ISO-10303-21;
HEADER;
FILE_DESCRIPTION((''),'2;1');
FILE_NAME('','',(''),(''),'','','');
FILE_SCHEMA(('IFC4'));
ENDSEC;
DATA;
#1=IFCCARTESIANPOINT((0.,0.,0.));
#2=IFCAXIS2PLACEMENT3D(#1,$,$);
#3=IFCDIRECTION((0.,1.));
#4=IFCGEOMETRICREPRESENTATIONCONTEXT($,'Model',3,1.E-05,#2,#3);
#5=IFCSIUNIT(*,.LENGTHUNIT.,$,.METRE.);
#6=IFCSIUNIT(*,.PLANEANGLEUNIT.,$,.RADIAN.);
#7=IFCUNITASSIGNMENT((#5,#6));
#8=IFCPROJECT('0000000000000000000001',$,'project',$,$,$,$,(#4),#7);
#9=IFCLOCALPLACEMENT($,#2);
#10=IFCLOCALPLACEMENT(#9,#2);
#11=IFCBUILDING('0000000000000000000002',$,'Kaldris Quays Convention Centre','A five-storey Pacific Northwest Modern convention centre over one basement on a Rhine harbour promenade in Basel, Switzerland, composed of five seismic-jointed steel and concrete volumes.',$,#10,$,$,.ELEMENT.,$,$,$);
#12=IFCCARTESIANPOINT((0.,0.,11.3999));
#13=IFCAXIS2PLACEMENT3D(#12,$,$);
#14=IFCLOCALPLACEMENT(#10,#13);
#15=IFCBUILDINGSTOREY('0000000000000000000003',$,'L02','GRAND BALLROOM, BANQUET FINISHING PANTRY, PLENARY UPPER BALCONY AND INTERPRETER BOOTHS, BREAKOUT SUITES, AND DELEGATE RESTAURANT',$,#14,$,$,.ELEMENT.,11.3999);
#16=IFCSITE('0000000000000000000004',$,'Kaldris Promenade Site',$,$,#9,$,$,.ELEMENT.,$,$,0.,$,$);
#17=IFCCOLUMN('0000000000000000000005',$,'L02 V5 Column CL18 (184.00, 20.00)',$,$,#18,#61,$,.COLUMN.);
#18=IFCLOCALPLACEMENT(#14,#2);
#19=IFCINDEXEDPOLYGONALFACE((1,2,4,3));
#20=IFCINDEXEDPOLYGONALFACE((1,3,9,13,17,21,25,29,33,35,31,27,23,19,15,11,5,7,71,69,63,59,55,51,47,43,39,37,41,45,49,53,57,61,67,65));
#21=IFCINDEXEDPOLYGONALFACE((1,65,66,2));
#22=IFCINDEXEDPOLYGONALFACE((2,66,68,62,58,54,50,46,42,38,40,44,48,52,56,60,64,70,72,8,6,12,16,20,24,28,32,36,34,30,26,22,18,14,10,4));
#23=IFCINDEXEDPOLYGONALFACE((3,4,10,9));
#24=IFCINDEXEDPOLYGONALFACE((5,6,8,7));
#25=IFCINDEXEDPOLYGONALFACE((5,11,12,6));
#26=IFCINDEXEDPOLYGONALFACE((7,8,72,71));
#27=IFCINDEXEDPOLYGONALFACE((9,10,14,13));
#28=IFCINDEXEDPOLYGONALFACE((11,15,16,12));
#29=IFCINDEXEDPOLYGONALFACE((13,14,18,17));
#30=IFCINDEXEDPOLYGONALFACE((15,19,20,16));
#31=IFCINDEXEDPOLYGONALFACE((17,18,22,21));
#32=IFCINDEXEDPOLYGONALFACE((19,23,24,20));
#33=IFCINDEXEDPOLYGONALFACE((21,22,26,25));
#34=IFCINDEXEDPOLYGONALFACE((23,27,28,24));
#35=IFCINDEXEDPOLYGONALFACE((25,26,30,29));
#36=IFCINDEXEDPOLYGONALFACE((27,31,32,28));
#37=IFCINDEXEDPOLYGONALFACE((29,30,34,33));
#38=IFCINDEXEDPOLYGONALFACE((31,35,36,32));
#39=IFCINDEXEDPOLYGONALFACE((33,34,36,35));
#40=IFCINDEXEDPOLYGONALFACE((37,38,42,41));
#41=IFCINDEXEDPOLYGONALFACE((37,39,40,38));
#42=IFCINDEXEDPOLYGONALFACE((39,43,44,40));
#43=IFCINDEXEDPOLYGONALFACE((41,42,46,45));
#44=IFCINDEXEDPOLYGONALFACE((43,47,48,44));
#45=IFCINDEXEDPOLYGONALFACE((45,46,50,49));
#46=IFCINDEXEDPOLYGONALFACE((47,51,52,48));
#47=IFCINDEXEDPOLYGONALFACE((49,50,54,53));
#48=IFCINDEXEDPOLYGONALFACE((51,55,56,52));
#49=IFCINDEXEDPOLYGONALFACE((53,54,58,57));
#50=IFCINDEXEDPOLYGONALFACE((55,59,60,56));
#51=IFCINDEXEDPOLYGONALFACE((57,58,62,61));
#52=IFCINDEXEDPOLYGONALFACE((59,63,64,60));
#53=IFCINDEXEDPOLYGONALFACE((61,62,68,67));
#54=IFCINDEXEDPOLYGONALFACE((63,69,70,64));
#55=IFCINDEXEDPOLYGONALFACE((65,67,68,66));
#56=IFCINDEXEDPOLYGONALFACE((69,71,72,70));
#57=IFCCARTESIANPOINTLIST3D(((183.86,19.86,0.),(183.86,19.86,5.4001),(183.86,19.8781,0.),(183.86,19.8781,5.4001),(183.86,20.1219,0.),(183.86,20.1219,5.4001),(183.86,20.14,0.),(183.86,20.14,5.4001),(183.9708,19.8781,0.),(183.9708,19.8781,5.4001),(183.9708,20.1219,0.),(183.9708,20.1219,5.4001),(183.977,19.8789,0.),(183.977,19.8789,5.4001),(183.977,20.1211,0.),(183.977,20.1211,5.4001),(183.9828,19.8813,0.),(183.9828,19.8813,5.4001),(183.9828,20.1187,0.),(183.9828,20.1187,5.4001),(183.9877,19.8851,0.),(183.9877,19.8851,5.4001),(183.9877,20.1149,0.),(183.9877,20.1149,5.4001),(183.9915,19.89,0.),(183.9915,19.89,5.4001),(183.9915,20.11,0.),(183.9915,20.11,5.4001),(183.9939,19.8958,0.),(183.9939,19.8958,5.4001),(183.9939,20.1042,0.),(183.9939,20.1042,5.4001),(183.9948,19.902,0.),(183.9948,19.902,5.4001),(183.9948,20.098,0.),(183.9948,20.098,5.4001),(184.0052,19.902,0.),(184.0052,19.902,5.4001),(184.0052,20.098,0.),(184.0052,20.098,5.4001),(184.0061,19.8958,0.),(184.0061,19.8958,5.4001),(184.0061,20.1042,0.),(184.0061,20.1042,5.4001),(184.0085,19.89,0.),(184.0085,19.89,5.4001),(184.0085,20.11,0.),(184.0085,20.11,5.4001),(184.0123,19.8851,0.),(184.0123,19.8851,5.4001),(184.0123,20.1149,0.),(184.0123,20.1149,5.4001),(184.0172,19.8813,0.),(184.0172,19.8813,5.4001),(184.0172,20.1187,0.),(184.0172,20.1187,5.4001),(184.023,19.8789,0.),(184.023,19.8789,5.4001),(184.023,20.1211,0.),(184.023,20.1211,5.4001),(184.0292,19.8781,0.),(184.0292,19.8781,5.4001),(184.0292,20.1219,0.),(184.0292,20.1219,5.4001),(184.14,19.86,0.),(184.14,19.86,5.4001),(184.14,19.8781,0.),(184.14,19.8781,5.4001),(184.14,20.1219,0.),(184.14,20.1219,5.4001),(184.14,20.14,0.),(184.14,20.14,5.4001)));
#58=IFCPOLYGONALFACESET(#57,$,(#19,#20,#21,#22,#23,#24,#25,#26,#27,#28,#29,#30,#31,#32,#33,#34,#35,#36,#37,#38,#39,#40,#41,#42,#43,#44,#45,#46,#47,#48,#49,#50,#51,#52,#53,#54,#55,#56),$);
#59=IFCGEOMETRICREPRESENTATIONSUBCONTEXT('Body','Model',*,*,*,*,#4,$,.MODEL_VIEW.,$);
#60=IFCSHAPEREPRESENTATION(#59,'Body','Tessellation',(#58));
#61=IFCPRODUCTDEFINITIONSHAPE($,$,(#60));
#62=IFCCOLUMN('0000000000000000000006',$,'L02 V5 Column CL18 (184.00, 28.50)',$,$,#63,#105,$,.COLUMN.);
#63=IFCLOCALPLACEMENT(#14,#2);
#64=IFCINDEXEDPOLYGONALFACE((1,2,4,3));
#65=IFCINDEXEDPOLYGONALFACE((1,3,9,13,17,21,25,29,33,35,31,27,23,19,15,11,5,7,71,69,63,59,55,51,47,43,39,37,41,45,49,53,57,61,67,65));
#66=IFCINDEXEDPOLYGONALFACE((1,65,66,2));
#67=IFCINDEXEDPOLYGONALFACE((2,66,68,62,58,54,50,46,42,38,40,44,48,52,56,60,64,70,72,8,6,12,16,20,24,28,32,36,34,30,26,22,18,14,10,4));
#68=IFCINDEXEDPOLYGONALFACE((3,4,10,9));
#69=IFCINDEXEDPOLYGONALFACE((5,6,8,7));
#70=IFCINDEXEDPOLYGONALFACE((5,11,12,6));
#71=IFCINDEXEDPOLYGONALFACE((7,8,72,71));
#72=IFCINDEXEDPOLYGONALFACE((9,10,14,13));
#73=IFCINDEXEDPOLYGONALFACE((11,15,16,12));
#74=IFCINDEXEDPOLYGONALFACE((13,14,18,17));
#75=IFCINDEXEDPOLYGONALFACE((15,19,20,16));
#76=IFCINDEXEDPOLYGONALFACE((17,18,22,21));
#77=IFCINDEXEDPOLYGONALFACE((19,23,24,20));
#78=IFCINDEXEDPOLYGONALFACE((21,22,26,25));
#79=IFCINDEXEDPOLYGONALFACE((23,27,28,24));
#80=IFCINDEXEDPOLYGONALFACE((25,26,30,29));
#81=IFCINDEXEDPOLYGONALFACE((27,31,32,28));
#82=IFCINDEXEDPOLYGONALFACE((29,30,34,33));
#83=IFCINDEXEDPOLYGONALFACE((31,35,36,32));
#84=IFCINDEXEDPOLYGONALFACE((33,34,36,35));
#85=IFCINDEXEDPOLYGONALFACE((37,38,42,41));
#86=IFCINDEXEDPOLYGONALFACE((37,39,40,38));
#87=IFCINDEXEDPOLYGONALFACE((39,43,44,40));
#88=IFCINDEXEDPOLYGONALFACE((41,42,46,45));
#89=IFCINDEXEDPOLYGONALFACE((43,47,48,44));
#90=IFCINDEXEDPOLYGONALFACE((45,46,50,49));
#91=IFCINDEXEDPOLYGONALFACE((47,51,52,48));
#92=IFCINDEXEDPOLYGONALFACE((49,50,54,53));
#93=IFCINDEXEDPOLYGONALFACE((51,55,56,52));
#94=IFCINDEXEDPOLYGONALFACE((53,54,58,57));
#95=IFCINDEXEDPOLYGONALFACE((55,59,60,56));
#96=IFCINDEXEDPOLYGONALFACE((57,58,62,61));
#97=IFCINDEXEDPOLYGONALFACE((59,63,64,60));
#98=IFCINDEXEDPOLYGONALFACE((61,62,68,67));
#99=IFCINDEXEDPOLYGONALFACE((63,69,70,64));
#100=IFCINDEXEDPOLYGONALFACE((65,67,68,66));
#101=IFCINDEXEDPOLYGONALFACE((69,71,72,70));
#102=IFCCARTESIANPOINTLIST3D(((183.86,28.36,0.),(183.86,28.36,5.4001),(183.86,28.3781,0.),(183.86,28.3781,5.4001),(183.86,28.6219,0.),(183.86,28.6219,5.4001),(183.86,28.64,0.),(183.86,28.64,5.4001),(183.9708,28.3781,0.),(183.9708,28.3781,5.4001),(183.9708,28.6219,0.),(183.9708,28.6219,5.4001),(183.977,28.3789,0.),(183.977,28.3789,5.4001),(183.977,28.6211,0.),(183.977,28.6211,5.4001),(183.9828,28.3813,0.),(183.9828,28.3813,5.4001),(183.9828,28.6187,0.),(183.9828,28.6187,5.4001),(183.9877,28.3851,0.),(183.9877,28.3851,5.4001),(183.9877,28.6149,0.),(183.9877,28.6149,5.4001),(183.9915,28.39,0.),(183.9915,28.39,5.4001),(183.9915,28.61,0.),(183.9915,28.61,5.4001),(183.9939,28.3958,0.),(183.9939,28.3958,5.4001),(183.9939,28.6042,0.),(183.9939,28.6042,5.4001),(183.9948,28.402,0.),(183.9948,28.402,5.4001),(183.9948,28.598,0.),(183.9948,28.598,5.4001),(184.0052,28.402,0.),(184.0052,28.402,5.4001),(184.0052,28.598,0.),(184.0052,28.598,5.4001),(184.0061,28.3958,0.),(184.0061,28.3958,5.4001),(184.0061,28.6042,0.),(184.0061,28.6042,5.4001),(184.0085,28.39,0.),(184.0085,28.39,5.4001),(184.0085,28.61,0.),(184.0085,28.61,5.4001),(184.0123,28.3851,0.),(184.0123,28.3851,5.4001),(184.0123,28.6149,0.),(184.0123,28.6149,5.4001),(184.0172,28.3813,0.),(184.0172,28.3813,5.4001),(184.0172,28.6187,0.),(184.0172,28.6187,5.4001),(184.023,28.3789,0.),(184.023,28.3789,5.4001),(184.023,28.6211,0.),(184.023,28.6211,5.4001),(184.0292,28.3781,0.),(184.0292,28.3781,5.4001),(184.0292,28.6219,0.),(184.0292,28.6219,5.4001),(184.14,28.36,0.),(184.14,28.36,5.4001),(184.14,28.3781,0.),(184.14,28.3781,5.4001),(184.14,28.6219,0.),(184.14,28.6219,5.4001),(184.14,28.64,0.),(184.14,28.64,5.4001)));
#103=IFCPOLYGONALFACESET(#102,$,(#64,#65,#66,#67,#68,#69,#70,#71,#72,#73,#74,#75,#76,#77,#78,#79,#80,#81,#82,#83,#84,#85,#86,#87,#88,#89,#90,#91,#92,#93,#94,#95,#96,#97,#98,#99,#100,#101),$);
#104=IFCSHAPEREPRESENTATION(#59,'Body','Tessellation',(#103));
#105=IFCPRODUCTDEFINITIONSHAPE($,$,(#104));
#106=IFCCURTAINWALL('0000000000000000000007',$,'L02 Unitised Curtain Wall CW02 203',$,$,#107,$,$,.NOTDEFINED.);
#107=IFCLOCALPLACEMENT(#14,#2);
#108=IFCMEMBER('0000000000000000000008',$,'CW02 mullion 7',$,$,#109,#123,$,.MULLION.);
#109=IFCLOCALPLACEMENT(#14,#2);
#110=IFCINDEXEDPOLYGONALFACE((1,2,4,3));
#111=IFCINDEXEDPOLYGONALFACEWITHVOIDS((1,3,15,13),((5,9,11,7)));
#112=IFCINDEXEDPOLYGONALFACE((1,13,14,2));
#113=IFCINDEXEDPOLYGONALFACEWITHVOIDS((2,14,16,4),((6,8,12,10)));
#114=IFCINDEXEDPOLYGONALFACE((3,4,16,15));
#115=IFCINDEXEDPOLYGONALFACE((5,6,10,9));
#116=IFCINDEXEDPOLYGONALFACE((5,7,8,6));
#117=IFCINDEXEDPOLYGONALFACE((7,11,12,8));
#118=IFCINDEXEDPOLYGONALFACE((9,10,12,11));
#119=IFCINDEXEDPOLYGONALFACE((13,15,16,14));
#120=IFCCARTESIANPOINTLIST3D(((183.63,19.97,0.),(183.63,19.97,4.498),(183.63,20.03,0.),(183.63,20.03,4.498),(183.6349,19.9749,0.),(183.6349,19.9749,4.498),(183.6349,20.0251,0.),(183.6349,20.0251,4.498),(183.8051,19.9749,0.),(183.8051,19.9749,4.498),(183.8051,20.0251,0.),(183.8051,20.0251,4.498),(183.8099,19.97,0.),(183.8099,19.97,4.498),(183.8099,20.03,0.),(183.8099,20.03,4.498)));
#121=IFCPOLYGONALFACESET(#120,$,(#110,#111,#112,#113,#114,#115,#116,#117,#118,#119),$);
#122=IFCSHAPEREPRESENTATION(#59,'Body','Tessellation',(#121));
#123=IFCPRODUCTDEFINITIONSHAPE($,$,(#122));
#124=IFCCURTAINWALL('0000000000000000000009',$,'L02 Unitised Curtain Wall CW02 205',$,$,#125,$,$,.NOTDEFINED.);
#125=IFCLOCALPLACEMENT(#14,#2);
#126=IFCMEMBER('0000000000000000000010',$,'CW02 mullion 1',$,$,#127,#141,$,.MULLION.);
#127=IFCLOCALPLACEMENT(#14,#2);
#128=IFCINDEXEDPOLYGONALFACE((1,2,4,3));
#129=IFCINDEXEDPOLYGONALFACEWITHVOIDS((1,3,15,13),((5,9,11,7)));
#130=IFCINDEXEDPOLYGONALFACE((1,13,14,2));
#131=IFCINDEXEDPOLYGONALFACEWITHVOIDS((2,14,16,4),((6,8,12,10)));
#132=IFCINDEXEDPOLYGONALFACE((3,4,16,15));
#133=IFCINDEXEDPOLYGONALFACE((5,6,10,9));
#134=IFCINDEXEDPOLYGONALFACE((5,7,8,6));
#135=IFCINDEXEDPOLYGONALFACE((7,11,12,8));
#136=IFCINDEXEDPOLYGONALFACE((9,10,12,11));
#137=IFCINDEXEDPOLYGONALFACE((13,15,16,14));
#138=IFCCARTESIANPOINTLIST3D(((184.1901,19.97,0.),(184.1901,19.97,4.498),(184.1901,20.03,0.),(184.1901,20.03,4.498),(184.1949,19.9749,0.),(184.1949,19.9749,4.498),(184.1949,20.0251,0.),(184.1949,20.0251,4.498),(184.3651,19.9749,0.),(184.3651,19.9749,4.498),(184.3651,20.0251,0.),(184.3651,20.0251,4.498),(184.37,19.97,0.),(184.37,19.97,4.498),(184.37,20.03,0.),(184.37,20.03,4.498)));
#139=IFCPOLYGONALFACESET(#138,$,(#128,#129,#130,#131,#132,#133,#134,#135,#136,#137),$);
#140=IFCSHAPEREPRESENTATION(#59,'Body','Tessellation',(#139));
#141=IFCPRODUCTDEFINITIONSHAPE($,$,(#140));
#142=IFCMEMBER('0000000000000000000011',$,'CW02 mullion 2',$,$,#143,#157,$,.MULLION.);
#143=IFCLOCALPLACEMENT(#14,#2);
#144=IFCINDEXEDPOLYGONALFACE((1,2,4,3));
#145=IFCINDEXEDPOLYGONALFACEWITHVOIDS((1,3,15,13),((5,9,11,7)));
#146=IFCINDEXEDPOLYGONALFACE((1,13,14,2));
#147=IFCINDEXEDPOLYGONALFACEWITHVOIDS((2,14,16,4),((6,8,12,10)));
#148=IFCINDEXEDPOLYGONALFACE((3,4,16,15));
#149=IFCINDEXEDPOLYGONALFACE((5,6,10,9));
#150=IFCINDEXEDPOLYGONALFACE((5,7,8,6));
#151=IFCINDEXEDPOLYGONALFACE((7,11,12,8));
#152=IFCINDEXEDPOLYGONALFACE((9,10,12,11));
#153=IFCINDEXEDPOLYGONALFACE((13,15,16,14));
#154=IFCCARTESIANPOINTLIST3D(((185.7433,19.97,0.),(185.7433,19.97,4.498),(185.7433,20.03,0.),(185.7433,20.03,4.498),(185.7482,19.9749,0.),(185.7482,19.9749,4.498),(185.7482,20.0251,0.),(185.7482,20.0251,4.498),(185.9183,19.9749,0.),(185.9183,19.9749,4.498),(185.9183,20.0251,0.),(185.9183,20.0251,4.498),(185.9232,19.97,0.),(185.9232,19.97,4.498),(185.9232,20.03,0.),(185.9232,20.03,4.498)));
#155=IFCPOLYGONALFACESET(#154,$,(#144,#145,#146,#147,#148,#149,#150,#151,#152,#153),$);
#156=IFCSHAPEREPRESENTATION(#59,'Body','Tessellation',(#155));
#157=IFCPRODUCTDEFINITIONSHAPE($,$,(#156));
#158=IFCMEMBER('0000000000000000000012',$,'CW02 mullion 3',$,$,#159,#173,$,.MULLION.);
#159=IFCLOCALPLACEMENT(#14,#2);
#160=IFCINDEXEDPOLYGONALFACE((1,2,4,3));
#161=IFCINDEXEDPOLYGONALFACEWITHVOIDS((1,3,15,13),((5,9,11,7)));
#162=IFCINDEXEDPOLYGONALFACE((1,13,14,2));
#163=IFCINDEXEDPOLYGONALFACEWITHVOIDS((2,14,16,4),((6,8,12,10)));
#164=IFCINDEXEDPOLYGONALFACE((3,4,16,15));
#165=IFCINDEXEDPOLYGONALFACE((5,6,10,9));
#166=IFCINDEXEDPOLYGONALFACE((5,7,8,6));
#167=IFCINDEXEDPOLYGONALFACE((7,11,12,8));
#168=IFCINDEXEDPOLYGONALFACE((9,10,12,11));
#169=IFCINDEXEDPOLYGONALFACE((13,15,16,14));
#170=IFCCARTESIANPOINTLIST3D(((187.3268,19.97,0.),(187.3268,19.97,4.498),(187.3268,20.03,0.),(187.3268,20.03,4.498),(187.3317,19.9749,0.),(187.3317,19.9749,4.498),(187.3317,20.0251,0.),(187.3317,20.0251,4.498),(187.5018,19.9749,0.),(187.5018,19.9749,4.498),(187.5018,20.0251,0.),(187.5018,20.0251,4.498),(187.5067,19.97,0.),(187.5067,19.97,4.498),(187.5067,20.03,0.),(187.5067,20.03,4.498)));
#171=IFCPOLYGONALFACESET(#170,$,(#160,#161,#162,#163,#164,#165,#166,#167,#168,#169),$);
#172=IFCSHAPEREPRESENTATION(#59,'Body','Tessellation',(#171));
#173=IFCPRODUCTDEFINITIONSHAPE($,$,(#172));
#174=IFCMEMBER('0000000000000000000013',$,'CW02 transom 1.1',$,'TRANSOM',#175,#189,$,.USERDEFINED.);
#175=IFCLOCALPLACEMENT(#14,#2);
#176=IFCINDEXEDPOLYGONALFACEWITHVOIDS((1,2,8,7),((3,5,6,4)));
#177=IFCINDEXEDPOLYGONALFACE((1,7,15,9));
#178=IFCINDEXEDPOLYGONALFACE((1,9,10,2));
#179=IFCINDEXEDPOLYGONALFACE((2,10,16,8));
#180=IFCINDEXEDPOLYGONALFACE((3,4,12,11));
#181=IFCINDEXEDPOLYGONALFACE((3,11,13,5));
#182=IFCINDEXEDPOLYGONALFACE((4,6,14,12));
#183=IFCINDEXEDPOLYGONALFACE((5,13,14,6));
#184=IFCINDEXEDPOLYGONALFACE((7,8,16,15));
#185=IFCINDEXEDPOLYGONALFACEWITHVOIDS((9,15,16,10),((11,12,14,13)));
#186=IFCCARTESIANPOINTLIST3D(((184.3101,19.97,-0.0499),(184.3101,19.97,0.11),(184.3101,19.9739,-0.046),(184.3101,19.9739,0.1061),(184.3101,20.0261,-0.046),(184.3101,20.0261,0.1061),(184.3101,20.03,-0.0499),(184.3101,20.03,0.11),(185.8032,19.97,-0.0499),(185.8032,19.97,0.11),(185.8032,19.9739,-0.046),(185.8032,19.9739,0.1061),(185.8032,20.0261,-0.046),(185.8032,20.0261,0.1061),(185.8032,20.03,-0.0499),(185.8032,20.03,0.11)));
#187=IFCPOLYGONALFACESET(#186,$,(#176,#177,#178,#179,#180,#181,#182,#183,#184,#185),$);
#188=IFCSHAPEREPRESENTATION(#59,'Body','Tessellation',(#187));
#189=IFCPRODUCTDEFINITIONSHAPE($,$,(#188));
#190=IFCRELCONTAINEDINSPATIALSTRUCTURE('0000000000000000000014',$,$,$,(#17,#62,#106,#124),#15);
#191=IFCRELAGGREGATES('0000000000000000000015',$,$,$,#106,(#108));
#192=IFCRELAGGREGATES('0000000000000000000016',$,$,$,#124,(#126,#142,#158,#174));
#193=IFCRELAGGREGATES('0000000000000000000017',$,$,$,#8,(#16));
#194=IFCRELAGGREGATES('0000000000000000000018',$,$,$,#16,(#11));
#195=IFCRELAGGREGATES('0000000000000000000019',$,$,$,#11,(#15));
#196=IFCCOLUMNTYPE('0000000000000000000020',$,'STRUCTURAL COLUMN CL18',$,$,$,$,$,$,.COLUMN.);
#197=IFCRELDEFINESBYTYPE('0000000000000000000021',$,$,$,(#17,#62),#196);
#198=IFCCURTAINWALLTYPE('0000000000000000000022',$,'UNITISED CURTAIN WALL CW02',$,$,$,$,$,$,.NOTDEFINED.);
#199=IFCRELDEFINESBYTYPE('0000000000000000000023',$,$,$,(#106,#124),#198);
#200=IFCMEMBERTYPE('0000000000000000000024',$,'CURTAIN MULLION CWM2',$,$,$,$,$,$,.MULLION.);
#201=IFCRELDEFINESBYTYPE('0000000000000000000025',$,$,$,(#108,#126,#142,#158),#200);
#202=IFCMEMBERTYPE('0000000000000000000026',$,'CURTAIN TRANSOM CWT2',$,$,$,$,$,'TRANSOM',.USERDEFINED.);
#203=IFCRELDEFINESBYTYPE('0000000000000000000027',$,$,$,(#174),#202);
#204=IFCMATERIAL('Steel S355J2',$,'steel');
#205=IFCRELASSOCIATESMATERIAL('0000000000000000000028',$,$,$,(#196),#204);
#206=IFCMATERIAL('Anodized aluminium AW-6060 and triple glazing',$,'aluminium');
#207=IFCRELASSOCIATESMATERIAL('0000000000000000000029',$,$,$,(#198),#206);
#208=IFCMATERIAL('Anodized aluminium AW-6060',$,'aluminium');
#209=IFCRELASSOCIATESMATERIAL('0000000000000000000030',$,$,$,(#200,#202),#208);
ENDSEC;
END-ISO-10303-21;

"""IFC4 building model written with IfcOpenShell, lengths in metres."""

from ifc_helpers import new_model, si_unit, direction, frame, origin, origin_2d, place, context, subcontext, project, spatial, hollow_rectangle, i_section, extrude, material, material_profile, profile_set, type_object, element, aggregate, save


model = new_model("IFC4")

# Units and contexts
model_context = context("Model", 3, precision=1e-05, world=origin(), true_north=direction((0.0, 1.0)))
body_context = subcontext(model_context, "Body", "Model", "MODEL_VIEW")
ifc_project = project(units=[si_unit("LENGTHUNIT", "METRE"), si_unit("PLANEANGLEUNIT", "RADIAN")], contexts=[model_context])

# Site, building, storey
site_placement = place(None, origin())
site = spatial("IfcSite", under=ifc_project, at=site_placement, Name="Kaldris Promenade Site", CompositionType="ELEMENT", RefElevation=0.0)
building_placement = place(site_placement, origin())
building = spatial("IfcBuilding", under=site, at=building_placement, Name="Kaldris Quays Convention Centre", Description="A five-storey Pacific Northwest Modern convention centre over one basement on a Rhine harbour promenade in Basel, Switzerland, composed of five seismic-jointed steel and concrete volumes.", CompositionType="ELEMENT")
storey_placement = place(building_placement, frame((0.0, 0.0, 11.3999)))
storey = spatial("IfcBuildingStorey", under=building, at=storey_placement, Name="L02", Description="GRAND BALLROOM, BANQUET FINISHING PANTRY, PLENARY UPPER BALCONY AND INTERPRETER BOOTHS, BREAKOUT SUITES, AND DELEGATE RESTAURANT", CompositionType="ELEMENT", Elevation=11.3999)

# Columns
ifc_material_1 = material(Name="Steel S355J2", Category="steel")
ifc_material_profile_1 = material_profile(ifc_material_1, i_section(OverallWidth=0.28, OverallDepth=0.28, WebThickness=0.0105, FlangeThickness=0.0181, FilletRadius=0.0239, at=origin_2d()), Name="HEB 280")
ifc_profile_set_1 = profile_set([ifc_material_profile_1], Name="Steel S355J2")
column_type = type_object("IfcColumnType", Name="STRUCTURAL COLUMN CL18", PredefinedType="COLUMN", material=ifc_profile_set_1)
for number, where, z_axis, x_axis, name in (
    (1, (184.0, 20.0, 0.0), (0.0, 0.0, 1.0), (1.0, 0.0, 0.0), "L02 V5 Column CL18 (184.00, 20.00)"),
    (2, (184.0, 28.5, 0.0), (0.0, 0.0, 1.0), (1.0, 0.0, 0.0), "L02 V5 Column CL18 (184.00, 28.50)"),
):
    element("IfcColumn", number, at=place(storey_placement, frame(where, z_axis=z_axis, x_axis=x_axis)), inside=storey, type_object=column_type, Name=name, PredefinedType="COLUMN", context=body_context, shape_type="SweptSolid", body=[
        extrude(i_section(OverallWidth=0.28, OverallDepth=0.28, WebThickness=0.0105, FlangeThickness=0.0181, FilletRadius=0.0239, at=origin_2d()), origin(), (0.0, 0.0, 1.0), 5.4001),
    ])

# Curtain wall, member
ifc_material_2 = material(Name="Anodized aluminium AW-6060 and triple glazing", Category="aluminium")
curtain_wall_type = type_object("IfcCurtainWallType", Name="UNITISED CURTAIN WALL CW02", PredefinedType="NOTDEFINED", material=ifc_material_2)
curtain_wall_1_placement = place(storey_placement, origin())
curtain_wall_1 = element("IfcCurtainWall", 3, at=curtain_wall_1_placement, inside=storey, type_object=curtain_wall_type, Name="L02 Unitised Curtain Wall CW02 203", PredefinedType="NOTDEFINED")
ifc_material_3 = material(Name="Anodized aluminium AW-6060", Category="aluminium")
ifc_material_profile_2 = material_profile(ifc_material_3, hollow_rectangle(XDim=0.0601, YDim=0.1799, WallThickness=0.0049, at=origin_2d()), Name="RHS 180x60x5")
ifc_profile_set_2 = profile_set([ifc_material_profile_2], Name="Anodized aluminium AW-6060")
member_type_1 = type_object("IfcMemberType", Name="CURTAIN MULLION CWM2", PredefinedType="MULLION", material=ifc_profile_set_2)
member_1_placement = place(storey_placement, frame((183.72, 20.0, 0.0), z_axis=(0.0, 0.0, 1.0), x_axis=(0.0, 1.0, 0.0)))
member_1 = element("IfcMember", 4, at=member_1_placement, type_object=member_type_1, Name="CW02 mullion 7", PredefinedType="MULLION", context=body_context, shape_type="SweptSolid", body=[
    extrude(hollow_rectangle(XDim=0.0601, YDim=0.1799, WallThickness=0.0049, at=origin_2d()), origin(), (0.0, 0.0, 1.0), 4.498),
])

# Curtain wall, members
curtain_wall_2_placement = place(storey_placement, origin())
curtain_wall_2 = element("IfcCurtainWall", 5, at=curtain_wall_2_placement, inside=storey, type_object=curtain_wall_type, Name="L02 Unitised Curtain Wall CW02 205", PredefinedType="NOTDEFINED")
member_2_placement = place(storey_placement, frame((184.28, 20.0, 0.0), z_axis=(0.0, 0.0, 1.0), x_axis=(0.0, 1.0, 0.0)))
member_2 = element("IfcMember", 6, at=member_2_placement, type_object=member_type_1, Name="CW02 mullion 1", PredefinedType="MULLION", context=body_context, shape_type="SweptSolid", body=[
    extrude(hollow_rectangle(XDim=0.0601, YDim=0.1799, WallThickness=0.0049, at=origin_2d()), origin(), (0.0, 0.0, 1.0), 4.498),
])
member_3_placement = place(storey_placement, frame((185.8333, 20.0, 0.0), z_axis=(0.0, 0.0, 1.0), x_axis=(0.0, 1.0, 0.0)))
member_3 = element("IfcMember", 7, at=member_3_placement, type_object=member_type_1, Name="CW02 mullion 2", PredefinedType="MULLION", context=body_context, shape_type="SweptSolid", body=[
    extrude(hollow_rectangle(XDim=0.0601, YDim=0.1799, WallThickness=0.0049, at=origin_2d()), origin(), (0.0, 0.0, 1.0), 4.498),
])
member_4_placement = place(storey_placement, frame((187.4167, 20.0, 0.0), z_axis=(0.0, 0.0, 1.0), x_axis=(0.0, 1.0, 0.0)))
member_4 = element("IfcMember", 8, at=member_4_placement, type_object=member_type_1, Name="CW02 mullion 3", PredefinedType="MULLION", context=body_context, shape_type="SweptSolid", body=[
    extrude(hollow_rectangle(XDim=0.0601, YDim=0.1799, WallThickness=0.0049, at=origin_2d()), origin(), (0.0, 0.0, 1.0), 4.498),
])
ifc_material_profile_3 = material_profile(ifc_material_3, hollow_rectangle(XDim=0.0601, YDim=0.1599, WallThickness=0.0039, at=origin_2d()), Name="RHS 160x60x4")
ifc_profile_set_3 = profile_set([ifc_material_profile_3], Name="Anodized aluminium AW-6060")
member_type_2 = type_object("IfcMemberType", Name="CURTAIN TRANSOM CWT2", ElementType="TRANSOM", PredefinedType="USERDEFINED", material=ifc_profile_set_3)
member_5_placement = place(storey_placement, frame((184.3101, 20.0, 0.03), z_axis=(1.0, 0.0, 0.0), x_axis=(0.0, 1.0, 0.0)))
member_5 = element("IfcMember", 9, at=member_5_placement, type_object=member_type_2, Name="CW02 transom 1.1", ObjectType="TRANSOM", PredefinedType="USERDEFINED", context=body_context, shape_type="SweptSolid", body=[
    extrude(hollow_rectangle(XDim=0.0601, YDim=0.1599, WallThickness=0.0039, at=origin_2d()), origin(), (0.0, 0.0, 1.0), 1.4932),
])

aggregate(curtain_wall_1, [member_1])
aggregate(curtain_wall_2, [member_2, member_3, member_4, member_5])

save(model, "model.ifc")
